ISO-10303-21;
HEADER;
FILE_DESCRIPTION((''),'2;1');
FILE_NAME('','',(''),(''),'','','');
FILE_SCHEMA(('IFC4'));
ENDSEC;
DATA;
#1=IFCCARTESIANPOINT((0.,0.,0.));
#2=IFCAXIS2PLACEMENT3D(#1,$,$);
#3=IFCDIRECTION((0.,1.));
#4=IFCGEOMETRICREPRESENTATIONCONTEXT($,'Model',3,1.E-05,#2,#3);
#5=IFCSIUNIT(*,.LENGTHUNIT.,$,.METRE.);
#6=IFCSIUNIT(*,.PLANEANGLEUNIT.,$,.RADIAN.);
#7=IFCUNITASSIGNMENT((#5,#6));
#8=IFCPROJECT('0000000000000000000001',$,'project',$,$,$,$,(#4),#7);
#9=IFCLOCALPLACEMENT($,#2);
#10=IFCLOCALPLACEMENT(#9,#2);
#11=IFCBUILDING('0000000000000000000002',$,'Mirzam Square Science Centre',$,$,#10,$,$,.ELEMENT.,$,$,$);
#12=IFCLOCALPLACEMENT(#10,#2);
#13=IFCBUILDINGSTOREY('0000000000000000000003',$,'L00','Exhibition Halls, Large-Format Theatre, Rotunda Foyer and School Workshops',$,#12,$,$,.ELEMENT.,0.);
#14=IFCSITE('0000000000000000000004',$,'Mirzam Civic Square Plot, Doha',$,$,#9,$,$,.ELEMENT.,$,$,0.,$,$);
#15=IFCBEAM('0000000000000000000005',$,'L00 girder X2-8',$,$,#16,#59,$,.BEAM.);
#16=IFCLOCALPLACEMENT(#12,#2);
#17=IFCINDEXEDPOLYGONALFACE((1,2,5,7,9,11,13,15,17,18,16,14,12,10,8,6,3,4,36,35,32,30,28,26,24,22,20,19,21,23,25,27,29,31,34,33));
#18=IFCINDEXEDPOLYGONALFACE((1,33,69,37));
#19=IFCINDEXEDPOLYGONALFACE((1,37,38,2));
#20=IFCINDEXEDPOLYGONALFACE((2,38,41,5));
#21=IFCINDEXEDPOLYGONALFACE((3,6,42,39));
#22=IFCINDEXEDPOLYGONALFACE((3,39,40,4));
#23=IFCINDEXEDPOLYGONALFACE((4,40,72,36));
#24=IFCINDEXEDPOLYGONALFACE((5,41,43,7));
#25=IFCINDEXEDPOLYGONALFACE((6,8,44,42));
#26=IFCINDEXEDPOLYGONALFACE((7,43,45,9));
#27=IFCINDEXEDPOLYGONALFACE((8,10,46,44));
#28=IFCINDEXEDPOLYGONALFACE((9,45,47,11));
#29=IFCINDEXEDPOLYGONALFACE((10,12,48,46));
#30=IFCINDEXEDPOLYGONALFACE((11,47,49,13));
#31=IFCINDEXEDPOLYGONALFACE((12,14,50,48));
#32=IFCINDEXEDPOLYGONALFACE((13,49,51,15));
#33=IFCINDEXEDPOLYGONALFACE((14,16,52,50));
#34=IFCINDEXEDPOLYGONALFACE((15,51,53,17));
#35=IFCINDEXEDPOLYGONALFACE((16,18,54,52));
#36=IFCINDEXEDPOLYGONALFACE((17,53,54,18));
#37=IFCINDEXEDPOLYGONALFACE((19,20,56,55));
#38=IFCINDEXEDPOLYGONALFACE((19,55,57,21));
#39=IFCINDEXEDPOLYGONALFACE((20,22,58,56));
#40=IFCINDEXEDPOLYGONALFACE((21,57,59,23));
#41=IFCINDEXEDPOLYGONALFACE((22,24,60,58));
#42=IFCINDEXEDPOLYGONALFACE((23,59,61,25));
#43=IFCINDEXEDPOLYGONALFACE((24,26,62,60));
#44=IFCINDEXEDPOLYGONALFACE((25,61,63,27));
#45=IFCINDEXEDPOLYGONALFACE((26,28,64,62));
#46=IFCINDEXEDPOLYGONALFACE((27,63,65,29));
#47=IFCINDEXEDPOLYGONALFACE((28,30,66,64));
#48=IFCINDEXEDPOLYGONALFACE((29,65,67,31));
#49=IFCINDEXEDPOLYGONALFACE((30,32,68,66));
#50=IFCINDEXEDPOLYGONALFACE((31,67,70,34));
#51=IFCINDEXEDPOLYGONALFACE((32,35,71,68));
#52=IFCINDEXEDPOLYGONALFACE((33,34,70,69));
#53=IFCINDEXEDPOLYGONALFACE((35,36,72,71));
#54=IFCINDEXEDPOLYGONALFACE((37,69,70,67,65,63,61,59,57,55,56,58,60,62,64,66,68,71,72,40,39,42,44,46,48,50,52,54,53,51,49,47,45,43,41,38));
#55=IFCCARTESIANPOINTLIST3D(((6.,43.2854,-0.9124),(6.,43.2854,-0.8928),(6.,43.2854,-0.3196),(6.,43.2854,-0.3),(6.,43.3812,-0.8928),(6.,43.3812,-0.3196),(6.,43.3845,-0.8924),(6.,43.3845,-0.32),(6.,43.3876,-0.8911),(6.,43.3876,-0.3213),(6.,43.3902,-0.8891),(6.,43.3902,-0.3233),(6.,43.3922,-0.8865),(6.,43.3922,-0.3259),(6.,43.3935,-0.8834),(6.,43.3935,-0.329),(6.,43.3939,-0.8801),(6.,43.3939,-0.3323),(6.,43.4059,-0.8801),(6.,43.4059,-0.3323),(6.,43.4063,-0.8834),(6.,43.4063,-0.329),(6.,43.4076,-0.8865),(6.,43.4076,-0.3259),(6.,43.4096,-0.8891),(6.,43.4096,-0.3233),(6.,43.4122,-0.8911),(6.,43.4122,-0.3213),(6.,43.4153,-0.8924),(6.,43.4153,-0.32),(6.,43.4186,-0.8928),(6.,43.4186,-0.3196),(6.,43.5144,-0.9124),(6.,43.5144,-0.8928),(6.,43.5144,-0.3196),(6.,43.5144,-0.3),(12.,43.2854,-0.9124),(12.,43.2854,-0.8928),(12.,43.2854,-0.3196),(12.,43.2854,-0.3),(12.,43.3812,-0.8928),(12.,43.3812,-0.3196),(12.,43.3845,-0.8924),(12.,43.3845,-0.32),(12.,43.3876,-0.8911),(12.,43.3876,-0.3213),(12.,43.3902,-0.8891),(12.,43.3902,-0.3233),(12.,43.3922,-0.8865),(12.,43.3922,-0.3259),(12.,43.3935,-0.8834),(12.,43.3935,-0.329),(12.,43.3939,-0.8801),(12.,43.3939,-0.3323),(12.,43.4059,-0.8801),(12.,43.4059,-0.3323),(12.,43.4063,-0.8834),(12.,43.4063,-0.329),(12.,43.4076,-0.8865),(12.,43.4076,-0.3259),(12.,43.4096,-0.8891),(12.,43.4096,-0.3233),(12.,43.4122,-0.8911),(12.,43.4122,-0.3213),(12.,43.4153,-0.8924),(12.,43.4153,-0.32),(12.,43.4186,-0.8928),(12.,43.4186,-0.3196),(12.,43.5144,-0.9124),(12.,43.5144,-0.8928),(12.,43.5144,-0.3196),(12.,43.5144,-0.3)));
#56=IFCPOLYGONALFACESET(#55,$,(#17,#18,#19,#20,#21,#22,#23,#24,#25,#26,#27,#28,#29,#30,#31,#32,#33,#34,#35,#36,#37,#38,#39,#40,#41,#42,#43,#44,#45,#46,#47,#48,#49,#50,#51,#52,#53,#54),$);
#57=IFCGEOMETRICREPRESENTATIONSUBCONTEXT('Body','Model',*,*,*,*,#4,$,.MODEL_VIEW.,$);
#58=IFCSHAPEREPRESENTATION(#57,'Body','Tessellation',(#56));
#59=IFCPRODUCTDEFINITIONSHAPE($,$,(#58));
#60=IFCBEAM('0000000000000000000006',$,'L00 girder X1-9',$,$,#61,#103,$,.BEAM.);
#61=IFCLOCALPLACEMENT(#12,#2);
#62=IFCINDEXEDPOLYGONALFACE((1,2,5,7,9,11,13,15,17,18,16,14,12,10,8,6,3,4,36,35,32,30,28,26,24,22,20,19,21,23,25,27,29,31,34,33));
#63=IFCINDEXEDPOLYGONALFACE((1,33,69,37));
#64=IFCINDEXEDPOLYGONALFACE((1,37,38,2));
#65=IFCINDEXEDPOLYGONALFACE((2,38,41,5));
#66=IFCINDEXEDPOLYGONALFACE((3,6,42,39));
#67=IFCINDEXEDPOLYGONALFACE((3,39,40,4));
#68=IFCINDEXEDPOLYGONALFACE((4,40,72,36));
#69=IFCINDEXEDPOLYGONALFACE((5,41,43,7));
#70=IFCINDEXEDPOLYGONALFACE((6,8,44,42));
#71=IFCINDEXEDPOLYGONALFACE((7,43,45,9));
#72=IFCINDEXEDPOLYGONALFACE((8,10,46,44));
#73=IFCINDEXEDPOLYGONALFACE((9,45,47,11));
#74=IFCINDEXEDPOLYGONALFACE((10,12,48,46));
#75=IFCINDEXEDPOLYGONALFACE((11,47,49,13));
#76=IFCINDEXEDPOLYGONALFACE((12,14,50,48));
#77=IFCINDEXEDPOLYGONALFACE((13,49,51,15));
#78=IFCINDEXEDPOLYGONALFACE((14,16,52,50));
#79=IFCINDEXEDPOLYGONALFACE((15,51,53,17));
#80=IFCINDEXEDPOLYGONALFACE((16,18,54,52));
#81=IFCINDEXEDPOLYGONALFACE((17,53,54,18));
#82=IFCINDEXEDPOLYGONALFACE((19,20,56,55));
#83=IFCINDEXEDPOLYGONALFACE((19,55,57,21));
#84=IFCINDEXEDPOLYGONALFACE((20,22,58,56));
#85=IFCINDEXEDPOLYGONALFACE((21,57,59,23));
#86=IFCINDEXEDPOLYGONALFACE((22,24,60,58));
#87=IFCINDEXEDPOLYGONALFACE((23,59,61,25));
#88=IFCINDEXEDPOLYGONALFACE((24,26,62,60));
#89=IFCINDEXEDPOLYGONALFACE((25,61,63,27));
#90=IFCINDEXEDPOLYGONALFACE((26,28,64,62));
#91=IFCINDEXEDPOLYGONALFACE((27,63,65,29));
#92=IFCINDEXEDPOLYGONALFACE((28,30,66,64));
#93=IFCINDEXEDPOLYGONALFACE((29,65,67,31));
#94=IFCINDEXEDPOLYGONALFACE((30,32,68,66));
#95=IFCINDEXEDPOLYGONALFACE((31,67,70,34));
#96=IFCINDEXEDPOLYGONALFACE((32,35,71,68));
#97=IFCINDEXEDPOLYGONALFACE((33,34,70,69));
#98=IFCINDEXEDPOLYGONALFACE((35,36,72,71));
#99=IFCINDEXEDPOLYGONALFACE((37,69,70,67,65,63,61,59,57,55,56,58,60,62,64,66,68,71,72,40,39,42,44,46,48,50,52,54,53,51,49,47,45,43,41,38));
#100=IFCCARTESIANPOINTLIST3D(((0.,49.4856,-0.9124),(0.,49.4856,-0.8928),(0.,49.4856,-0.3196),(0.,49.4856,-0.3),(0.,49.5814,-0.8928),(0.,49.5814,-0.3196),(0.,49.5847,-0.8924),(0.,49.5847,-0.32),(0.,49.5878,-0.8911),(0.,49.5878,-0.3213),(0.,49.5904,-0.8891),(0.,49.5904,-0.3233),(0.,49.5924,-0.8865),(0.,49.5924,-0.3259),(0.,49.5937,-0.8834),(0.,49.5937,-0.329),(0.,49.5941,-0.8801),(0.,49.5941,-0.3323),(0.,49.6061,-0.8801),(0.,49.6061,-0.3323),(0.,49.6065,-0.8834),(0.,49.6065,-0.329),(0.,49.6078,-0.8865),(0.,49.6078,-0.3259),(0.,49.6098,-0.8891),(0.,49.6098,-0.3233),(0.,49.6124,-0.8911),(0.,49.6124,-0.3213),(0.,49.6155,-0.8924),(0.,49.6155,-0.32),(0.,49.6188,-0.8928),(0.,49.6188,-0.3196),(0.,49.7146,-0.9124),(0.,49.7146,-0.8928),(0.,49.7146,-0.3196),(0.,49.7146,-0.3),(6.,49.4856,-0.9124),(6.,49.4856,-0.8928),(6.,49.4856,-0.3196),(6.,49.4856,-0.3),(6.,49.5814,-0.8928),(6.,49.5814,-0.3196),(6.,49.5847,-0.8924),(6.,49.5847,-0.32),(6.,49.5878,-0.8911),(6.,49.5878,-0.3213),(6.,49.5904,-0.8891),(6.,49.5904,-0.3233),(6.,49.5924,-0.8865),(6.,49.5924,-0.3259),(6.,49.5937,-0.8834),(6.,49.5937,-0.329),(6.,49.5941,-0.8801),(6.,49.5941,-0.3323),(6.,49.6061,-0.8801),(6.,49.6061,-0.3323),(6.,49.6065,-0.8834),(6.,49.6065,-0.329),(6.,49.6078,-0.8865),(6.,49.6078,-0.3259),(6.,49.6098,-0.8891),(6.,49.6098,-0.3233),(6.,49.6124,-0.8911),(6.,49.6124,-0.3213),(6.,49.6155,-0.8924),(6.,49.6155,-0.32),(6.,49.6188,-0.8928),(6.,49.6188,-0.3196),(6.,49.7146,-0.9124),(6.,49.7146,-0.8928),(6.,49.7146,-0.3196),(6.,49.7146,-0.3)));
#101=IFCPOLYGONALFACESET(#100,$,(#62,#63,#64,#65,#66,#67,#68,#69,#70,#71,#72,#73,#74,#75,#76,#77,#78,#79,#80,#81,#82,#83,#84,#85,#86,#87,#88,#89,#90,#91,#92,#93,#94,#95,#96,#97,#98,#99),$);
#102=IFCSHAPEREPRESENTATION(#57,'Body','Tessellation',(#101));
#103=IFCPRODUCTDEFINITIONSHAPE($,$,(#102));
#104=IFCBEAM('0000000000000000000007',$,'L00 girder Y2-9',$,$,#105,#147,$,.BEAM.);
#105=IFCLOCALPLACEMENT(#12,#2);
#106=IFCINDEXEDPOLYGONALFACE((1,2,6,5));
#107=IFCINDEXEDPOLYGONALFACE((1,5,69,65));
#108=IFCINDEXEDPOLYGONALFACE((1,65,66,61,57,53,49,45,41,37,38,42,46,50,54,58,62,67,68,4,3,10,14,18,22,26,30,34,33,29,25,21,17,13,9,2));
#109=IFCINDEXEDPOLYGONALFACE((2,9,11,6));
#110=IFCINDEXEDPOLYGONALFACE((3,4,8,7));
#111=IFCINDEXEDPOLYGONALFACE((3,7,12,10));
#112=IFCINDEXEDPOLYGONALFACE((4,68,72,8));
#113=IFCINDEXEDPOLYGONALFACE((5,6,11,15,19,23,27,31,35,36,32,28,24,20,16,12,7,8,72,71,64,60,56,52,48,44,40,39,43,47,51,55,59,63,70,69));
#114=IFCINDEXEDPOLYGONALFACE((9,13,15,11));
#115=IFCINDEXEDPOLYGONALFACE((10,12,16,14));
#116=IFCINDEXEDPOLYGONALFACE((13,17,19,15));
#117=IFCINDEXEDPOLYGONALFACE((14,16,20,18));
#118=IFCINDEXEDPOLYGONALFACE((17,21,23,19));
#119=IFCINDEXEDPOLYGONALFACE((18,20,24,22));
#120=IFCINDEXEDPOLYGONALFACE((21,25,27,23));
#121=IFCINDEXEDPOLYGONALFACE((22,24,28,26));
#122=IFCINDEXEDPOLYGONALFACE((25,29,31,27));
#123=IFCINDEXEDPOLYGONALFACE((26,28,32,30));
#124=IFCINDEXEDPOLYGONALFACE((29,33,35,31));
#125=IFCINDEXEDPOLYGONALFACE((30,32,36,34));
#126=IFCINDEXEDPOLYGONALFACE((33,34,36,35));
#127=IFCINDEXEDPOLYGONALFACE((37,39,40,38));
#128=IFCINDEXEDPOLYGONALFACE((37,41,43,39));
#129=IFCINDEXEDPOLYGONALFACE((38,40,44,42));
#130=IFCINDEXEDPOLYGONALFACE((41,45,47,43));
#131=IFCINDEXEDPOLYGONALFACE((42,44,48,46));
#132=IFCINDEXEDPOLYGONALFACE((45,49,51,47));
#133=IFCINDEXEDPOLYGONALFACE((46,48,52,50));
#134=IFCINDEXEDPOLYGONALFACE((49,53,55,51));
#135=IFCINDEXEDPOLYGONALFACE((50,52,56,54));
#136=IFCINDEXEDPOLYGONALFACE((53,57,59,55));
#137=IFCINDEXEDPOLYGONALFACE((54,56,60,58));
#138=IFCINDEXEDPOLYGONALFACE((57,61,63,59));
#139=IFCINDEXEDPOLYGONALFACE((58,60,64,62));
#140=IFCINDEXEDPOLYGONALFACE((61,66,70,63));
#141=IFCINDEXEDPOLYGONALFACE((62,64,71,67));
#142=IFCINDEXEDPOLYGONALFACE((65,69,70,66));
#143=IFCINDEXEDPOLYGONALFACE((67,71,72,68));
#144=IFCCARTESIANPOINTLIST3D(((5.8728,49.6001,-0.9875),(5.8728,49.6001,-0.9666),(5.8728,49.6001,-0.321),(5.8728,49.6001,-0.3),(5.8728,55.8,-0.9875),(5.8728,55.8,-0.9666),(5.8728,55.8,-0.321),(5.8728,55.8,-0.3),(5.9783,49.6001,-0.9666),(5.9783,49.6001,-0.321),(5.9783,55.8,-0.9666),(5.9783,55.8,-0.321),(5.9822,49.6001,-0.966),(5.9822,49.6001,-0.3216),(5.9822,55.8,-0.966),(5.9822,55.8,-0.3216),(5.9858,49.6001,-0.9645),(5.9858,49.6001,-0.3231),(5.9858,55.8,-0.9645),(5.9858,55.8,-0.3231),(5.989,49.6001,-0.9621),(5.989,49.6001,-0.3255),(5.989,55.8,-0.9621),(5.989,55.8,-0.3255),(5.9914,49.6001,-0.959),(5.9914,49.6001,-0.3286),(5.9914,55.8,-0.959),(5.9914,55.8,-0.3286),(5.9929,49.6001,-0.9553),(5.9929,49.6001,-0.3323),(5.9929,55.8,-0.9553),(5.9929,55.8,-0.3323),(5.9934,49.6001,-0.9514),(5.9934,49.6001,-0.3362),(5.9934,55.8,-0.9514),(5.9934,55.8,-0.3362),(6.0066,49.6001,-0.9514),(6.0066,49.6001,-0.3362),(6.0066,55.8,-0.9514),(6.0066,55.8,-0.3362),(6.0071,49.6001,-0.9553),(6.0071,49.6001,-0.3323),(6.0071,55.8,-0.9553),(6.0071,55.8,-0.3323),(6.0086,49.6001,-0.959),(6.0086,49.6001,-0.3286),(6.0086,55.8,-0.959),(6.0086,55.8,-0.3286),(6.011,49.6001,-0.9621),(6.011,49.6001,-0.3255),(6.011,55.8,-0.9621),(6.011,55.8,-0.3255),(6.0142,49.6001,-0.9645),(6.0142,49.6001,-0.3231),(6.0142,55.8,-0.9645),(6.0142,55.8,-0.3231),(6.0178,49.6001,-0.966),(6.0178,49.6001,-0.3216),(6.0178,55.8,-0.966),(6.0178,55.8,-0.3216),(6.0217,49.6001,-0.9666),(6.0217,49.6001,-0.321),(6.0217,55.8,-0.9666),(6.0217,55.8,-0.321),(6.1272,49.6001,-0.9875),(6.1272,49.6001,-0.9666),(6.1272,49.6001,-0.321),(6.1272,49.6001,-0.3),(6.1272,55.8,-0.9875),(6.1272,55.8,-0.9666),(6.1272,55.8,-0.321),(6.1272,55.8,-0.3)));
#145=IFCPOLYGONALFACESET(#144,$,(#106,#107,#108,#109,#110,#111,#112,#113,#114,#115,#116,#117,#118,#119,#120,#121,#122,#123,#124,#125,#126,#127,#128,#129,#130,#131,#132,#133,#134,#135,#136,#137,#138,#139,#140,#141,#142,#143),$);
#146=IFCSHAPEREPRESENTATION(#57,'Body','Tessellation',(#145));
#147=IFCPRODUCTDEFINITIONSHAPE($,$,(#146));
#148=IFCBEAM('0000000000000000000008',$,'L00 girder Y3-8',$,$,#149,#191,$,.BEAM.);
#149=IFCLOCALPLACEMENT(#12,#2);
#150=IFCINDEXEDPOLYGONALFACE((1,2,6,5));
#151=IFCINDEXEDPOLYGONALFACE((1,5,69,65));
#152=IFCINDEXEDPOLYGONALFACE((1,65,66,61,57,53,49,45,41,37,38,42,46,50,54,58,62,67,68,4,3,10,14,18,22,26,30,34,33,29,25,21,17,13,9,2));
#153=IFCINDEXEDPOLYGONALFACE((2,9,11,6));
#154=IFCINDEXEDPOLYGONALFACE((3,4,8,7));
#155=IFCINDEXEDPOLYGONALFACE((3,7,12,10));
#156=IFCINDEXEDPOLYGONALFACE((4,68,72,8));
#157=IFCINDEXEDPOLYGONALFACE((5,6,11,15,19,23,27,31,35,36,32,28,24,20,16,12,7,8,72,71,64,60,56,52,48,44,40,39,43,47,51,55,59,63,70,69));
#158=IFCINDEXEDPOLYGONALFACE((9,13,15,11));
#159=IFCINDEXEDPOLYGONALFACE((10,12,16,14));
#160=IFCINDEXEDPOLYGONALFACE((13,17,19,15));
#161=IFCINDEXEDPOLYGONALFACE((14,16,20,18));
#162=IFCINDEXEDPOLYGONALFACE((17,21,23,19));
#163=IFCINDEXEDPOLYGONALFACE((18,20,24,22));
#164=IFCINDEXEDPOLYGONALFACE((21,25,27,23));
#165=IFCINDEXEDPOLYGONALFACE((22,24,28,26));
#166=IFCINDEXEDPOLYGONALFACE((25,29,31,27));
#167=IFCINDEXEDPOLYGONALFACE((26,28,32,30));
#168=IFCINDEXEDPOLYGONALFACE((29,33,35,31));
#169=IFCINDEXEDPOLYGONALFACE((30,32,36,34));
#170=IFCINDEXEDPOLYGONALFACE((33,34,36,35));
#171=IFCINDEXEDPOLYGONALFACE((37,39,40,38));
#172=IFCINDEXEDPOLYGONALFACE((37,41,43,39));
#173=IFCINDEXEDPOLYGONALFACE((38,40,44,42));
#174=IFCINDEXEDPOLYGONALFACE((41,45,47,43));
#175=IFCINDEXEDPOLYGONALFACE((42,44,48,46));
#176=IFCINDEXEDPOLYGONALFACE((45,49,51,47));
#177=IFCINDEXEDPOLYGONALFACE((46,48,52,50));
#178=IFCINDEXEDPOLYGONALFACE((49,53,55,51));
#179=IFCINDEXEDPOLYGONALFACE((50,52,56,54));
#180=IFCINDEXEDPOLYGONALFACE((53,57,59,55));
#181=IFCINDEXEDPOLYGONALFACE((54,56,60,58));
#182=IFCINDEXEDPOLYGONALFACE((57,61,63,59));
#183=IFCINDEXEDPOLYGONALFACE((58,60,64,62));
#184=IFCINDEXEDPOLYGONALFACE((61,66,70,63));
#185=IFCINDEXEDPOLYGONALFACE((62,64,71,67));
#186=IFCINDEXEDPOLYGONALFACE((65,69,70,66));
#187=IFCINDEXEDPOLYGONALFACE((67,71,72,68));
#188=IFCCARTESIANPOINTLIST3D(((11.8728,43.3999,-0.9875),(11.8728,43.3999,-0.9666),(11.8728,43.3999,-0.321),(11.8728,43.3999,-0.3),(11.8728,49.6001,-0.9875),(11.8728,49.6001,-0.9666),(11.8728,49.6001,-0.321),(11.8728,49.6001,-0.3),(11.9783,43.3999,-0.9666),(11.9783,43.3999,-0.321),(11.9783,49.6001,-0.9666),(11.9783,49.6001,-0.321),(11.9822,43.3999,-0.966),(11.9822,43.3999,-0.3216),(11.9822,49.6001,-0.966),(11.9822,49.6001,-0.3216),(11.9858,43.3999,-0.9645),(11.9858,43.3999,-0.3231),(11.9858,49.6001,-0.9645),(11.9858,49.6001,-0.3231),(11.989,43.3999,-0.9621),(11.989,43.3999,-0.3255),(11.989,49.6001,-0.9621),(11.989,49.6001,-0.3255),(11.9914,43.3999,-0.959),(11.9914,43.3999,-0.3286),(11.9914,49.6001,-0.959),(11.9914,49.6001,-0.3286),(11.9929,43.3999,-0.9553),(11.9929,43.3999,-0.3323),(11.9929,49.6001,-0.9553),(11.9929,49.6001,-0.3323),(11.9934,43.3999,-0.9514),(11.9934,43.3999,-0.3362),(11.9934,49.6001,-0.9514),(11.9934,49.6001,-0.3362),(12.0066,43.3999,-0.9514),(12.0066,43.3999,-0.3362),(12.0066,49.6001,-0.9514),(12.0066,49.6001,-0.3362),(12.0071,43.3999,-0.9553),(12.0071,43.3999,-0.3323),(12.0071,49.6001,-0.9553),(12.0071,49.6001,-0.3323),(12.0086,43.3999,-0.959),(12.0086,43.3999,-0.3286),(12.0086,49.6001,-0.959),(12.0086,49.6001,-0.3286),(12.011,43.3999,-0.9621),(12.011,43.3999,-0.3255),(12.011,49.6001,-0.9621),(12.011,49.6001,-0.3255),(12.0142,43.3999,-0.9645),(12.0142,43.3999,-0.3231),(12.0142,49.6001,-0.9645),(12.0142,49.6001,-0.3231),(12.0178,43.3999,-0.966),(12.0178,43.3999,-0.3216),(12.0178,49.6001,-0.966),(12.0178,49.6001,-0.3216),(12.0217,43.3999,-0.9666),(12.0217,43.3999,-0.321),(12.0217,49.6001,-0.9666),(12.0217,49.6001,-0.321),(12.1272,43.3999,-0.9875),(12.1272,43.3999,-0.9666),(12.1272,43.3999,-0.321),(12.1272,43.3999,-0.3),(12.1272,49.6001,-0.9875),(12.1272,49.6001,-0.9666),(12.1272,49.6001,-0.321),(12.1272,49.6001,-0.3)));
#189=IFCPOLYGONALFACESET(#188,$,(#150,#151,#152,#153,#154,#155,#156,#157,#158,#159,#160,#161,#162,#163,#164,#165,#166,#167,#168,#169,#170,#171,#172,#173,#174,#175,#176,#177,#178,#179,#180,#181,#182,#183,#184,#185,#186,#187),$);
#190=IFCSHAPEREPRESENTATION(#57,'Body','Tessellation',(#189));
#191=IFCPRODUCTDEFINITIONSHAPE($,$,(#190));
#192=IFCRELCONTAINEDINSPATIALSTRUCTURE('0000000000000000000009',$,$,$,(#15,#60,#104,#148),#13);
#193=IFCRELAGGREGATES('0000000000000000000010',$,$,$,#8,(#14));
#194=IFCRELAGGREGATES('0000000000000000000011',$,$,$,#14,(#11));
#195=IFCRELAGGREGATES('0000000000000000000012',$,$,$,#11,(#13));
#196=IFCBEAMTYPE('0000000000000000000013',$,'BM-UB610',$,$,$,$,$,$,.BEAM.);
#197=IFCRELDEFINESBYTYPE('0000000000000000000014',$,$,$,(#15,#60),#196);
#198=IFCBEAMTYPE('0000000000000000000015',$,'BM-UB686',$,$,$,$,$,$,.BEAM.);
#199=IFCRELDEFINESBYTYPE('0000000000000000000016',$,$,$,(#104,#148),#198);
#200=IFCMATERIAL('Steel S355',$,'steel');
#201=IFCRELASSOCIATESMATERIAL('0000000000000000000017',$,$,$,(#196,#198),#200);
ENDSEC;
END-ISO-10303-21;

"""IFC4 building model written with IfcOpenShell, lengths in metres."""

from ifc_helpers import new_model, si_unit, direction, frame, origin, origin_2d, place, context, subcontext, project, spatial, i_section, extrude, material, material_profile, profile_set, type_object, element, save


model = new_model("IFC4")

# Units and contexts
model_context = context("Model", 3, precision=1e-05, world=origin(), true_north=direction((0.0, 1.0)))
body_context = subcontext(model_context, "Body", "Model", "MODEL_VIEW")
ifc_project = project(units=[si_unit("LENGTHUNIT", "METRE"), si_unit("PLANEANGLEUNIT", "RADIAN")], contexts=[model_context])

# Site, building, storey
site_placement = place(None, origin())
site = spatial("IfcSite", under=ifc_project, at=site_placement, Name="Mirzam Civic Square Plot, Doha", CompositionType="ELEMENT", RefElevation=0.0)
building_placement = place(site_placement, origin())
building = spatial("IfcBuilding", under=site, at=building_placement, Name="Mirzam Square Science Centre", CompositionType="ELEMENT")
storey_placement = place(building_placement, origin())
storey = spatial("IfcBuildingStorey", under=building, at=storey_placement, Name="L00", Description="Exhibition Halls, Large-Format Theatre, Rotunda Foyer and School Workshops", CompositionType="ELEMENT", Elevation=0.0)

# Shared definitions
ifc_material_1 = material(Name="Steel S355", Category="steel")

# Beams
ifc_material_profile_1 = material_profile(ifc_material_1, i_section(OverallWidth=0.229, OverallDepth=0.6123, WebThickness=0.012, FlangeThickness=0.0195, FilletRadius=0.0127, at=origin_2d()), Name="610x229x125UB")
ifc_profile_set_1 = profile_set([ifc_material_profile_1], Name="Steel S355")
beam_type_1 = type_object("IfcBeamType", Name="BM-UB610", PredefinedType="BEAM", material=ifc_profile_set_1)
for number, where, z_axis, x_axis, name in (
    (1, (6.0, 43.3999, -0.6062), (1.0, 0.0, 0.0), (0.0, 1.0, 0.0), "L00 girder X2-8"),
    (2, (0.0, 49.6001, -0.6062), (1.0, 0.0, 0.0), (0.0, 1.0, 0.0), "L00 girder X1-9"),
):
    element("IfcBeam", number, at=place(storey_placement, frame(where, z_axis=z_axis, x_axis=x_axis)), inside=storey, type_object=beam_type_1, Name=name, PredefinedType="BEAM", context=body_context, shape_type="SweptSolid", body=[
        extrude(i_section(OverallWidth=0.229, OverallDepth=0.6123, WebThickness=0.012, FlangeThickness=0.0195, FilletRadius=0.0127, at=origin_2d()), origin(), (0.0, 0.0, 1.0), 6.0),
    ])
ifc_material_profile_2 = material_profile(ifc_material_1, i_section(OverallWidth=0.2544, OverallDepth=0.6875, WebThickness=0.0132, FlangeThickness=0.021, FilletRadius=0.0151, at=origin_2d()), Name="686x254x152UB")
ifc_profile_set_2 = profile_set([ifc_material_profile_2], Name="Steel S355")
beam_type_2 = type_object("IfcBeamType", Name="BM-UB686", PredefinedType="BEAM", material=ifc_profile_set_2)
beam_1_placement = place(storey_placement, frame((6.0, 49.6001, -0.6438), z_axis=(0.0, 1.0, 0.0), x_axis=(-1.0, 0.0, 0.0)))
element("IfcBeam", 3, at=beam_1_placement, inside=storey, type_object=beam_type_2, Name="L00 girder Y2-9", PredefinedType="BEAM", context=body_context, shape_type="SweptSolid", body=[
    extrude(i_section(OverallWidth=0.2544, OverallDepth=0.6875, WebThickness=0.0132, FlangeThickness=0.021, FilletRadius=0.0151, at=origin_2d()), origin(), (0.0, 0.0, 1.0), 6.2),
])
beam_2_placement = place(storey_placement, frame((12.0, 43.3999, -0.6438), z_axis=(0.0, 1.0, 0.0), x_axis=(-1.0, 0.0, 0.0)))
element("IfcBeam", 4, at=beam_2_placement, inside=storey, type_object=beam_type_2, Name="L00 girder Y3-8", PredefinedType="BEAM", context=body_context, shape_type="SweptSolid", body=[
    extrude(i_section(OverallWidth=0.2544, OverallDepth=0.6875, WebThickness=0.0132, FlangeThickness=0.021, FilletRadius=0.0151, at=origin_2d()), origin(), (0.0, 0.0, 1.0), 6.2002),
])

save(model, "model.ifc")
